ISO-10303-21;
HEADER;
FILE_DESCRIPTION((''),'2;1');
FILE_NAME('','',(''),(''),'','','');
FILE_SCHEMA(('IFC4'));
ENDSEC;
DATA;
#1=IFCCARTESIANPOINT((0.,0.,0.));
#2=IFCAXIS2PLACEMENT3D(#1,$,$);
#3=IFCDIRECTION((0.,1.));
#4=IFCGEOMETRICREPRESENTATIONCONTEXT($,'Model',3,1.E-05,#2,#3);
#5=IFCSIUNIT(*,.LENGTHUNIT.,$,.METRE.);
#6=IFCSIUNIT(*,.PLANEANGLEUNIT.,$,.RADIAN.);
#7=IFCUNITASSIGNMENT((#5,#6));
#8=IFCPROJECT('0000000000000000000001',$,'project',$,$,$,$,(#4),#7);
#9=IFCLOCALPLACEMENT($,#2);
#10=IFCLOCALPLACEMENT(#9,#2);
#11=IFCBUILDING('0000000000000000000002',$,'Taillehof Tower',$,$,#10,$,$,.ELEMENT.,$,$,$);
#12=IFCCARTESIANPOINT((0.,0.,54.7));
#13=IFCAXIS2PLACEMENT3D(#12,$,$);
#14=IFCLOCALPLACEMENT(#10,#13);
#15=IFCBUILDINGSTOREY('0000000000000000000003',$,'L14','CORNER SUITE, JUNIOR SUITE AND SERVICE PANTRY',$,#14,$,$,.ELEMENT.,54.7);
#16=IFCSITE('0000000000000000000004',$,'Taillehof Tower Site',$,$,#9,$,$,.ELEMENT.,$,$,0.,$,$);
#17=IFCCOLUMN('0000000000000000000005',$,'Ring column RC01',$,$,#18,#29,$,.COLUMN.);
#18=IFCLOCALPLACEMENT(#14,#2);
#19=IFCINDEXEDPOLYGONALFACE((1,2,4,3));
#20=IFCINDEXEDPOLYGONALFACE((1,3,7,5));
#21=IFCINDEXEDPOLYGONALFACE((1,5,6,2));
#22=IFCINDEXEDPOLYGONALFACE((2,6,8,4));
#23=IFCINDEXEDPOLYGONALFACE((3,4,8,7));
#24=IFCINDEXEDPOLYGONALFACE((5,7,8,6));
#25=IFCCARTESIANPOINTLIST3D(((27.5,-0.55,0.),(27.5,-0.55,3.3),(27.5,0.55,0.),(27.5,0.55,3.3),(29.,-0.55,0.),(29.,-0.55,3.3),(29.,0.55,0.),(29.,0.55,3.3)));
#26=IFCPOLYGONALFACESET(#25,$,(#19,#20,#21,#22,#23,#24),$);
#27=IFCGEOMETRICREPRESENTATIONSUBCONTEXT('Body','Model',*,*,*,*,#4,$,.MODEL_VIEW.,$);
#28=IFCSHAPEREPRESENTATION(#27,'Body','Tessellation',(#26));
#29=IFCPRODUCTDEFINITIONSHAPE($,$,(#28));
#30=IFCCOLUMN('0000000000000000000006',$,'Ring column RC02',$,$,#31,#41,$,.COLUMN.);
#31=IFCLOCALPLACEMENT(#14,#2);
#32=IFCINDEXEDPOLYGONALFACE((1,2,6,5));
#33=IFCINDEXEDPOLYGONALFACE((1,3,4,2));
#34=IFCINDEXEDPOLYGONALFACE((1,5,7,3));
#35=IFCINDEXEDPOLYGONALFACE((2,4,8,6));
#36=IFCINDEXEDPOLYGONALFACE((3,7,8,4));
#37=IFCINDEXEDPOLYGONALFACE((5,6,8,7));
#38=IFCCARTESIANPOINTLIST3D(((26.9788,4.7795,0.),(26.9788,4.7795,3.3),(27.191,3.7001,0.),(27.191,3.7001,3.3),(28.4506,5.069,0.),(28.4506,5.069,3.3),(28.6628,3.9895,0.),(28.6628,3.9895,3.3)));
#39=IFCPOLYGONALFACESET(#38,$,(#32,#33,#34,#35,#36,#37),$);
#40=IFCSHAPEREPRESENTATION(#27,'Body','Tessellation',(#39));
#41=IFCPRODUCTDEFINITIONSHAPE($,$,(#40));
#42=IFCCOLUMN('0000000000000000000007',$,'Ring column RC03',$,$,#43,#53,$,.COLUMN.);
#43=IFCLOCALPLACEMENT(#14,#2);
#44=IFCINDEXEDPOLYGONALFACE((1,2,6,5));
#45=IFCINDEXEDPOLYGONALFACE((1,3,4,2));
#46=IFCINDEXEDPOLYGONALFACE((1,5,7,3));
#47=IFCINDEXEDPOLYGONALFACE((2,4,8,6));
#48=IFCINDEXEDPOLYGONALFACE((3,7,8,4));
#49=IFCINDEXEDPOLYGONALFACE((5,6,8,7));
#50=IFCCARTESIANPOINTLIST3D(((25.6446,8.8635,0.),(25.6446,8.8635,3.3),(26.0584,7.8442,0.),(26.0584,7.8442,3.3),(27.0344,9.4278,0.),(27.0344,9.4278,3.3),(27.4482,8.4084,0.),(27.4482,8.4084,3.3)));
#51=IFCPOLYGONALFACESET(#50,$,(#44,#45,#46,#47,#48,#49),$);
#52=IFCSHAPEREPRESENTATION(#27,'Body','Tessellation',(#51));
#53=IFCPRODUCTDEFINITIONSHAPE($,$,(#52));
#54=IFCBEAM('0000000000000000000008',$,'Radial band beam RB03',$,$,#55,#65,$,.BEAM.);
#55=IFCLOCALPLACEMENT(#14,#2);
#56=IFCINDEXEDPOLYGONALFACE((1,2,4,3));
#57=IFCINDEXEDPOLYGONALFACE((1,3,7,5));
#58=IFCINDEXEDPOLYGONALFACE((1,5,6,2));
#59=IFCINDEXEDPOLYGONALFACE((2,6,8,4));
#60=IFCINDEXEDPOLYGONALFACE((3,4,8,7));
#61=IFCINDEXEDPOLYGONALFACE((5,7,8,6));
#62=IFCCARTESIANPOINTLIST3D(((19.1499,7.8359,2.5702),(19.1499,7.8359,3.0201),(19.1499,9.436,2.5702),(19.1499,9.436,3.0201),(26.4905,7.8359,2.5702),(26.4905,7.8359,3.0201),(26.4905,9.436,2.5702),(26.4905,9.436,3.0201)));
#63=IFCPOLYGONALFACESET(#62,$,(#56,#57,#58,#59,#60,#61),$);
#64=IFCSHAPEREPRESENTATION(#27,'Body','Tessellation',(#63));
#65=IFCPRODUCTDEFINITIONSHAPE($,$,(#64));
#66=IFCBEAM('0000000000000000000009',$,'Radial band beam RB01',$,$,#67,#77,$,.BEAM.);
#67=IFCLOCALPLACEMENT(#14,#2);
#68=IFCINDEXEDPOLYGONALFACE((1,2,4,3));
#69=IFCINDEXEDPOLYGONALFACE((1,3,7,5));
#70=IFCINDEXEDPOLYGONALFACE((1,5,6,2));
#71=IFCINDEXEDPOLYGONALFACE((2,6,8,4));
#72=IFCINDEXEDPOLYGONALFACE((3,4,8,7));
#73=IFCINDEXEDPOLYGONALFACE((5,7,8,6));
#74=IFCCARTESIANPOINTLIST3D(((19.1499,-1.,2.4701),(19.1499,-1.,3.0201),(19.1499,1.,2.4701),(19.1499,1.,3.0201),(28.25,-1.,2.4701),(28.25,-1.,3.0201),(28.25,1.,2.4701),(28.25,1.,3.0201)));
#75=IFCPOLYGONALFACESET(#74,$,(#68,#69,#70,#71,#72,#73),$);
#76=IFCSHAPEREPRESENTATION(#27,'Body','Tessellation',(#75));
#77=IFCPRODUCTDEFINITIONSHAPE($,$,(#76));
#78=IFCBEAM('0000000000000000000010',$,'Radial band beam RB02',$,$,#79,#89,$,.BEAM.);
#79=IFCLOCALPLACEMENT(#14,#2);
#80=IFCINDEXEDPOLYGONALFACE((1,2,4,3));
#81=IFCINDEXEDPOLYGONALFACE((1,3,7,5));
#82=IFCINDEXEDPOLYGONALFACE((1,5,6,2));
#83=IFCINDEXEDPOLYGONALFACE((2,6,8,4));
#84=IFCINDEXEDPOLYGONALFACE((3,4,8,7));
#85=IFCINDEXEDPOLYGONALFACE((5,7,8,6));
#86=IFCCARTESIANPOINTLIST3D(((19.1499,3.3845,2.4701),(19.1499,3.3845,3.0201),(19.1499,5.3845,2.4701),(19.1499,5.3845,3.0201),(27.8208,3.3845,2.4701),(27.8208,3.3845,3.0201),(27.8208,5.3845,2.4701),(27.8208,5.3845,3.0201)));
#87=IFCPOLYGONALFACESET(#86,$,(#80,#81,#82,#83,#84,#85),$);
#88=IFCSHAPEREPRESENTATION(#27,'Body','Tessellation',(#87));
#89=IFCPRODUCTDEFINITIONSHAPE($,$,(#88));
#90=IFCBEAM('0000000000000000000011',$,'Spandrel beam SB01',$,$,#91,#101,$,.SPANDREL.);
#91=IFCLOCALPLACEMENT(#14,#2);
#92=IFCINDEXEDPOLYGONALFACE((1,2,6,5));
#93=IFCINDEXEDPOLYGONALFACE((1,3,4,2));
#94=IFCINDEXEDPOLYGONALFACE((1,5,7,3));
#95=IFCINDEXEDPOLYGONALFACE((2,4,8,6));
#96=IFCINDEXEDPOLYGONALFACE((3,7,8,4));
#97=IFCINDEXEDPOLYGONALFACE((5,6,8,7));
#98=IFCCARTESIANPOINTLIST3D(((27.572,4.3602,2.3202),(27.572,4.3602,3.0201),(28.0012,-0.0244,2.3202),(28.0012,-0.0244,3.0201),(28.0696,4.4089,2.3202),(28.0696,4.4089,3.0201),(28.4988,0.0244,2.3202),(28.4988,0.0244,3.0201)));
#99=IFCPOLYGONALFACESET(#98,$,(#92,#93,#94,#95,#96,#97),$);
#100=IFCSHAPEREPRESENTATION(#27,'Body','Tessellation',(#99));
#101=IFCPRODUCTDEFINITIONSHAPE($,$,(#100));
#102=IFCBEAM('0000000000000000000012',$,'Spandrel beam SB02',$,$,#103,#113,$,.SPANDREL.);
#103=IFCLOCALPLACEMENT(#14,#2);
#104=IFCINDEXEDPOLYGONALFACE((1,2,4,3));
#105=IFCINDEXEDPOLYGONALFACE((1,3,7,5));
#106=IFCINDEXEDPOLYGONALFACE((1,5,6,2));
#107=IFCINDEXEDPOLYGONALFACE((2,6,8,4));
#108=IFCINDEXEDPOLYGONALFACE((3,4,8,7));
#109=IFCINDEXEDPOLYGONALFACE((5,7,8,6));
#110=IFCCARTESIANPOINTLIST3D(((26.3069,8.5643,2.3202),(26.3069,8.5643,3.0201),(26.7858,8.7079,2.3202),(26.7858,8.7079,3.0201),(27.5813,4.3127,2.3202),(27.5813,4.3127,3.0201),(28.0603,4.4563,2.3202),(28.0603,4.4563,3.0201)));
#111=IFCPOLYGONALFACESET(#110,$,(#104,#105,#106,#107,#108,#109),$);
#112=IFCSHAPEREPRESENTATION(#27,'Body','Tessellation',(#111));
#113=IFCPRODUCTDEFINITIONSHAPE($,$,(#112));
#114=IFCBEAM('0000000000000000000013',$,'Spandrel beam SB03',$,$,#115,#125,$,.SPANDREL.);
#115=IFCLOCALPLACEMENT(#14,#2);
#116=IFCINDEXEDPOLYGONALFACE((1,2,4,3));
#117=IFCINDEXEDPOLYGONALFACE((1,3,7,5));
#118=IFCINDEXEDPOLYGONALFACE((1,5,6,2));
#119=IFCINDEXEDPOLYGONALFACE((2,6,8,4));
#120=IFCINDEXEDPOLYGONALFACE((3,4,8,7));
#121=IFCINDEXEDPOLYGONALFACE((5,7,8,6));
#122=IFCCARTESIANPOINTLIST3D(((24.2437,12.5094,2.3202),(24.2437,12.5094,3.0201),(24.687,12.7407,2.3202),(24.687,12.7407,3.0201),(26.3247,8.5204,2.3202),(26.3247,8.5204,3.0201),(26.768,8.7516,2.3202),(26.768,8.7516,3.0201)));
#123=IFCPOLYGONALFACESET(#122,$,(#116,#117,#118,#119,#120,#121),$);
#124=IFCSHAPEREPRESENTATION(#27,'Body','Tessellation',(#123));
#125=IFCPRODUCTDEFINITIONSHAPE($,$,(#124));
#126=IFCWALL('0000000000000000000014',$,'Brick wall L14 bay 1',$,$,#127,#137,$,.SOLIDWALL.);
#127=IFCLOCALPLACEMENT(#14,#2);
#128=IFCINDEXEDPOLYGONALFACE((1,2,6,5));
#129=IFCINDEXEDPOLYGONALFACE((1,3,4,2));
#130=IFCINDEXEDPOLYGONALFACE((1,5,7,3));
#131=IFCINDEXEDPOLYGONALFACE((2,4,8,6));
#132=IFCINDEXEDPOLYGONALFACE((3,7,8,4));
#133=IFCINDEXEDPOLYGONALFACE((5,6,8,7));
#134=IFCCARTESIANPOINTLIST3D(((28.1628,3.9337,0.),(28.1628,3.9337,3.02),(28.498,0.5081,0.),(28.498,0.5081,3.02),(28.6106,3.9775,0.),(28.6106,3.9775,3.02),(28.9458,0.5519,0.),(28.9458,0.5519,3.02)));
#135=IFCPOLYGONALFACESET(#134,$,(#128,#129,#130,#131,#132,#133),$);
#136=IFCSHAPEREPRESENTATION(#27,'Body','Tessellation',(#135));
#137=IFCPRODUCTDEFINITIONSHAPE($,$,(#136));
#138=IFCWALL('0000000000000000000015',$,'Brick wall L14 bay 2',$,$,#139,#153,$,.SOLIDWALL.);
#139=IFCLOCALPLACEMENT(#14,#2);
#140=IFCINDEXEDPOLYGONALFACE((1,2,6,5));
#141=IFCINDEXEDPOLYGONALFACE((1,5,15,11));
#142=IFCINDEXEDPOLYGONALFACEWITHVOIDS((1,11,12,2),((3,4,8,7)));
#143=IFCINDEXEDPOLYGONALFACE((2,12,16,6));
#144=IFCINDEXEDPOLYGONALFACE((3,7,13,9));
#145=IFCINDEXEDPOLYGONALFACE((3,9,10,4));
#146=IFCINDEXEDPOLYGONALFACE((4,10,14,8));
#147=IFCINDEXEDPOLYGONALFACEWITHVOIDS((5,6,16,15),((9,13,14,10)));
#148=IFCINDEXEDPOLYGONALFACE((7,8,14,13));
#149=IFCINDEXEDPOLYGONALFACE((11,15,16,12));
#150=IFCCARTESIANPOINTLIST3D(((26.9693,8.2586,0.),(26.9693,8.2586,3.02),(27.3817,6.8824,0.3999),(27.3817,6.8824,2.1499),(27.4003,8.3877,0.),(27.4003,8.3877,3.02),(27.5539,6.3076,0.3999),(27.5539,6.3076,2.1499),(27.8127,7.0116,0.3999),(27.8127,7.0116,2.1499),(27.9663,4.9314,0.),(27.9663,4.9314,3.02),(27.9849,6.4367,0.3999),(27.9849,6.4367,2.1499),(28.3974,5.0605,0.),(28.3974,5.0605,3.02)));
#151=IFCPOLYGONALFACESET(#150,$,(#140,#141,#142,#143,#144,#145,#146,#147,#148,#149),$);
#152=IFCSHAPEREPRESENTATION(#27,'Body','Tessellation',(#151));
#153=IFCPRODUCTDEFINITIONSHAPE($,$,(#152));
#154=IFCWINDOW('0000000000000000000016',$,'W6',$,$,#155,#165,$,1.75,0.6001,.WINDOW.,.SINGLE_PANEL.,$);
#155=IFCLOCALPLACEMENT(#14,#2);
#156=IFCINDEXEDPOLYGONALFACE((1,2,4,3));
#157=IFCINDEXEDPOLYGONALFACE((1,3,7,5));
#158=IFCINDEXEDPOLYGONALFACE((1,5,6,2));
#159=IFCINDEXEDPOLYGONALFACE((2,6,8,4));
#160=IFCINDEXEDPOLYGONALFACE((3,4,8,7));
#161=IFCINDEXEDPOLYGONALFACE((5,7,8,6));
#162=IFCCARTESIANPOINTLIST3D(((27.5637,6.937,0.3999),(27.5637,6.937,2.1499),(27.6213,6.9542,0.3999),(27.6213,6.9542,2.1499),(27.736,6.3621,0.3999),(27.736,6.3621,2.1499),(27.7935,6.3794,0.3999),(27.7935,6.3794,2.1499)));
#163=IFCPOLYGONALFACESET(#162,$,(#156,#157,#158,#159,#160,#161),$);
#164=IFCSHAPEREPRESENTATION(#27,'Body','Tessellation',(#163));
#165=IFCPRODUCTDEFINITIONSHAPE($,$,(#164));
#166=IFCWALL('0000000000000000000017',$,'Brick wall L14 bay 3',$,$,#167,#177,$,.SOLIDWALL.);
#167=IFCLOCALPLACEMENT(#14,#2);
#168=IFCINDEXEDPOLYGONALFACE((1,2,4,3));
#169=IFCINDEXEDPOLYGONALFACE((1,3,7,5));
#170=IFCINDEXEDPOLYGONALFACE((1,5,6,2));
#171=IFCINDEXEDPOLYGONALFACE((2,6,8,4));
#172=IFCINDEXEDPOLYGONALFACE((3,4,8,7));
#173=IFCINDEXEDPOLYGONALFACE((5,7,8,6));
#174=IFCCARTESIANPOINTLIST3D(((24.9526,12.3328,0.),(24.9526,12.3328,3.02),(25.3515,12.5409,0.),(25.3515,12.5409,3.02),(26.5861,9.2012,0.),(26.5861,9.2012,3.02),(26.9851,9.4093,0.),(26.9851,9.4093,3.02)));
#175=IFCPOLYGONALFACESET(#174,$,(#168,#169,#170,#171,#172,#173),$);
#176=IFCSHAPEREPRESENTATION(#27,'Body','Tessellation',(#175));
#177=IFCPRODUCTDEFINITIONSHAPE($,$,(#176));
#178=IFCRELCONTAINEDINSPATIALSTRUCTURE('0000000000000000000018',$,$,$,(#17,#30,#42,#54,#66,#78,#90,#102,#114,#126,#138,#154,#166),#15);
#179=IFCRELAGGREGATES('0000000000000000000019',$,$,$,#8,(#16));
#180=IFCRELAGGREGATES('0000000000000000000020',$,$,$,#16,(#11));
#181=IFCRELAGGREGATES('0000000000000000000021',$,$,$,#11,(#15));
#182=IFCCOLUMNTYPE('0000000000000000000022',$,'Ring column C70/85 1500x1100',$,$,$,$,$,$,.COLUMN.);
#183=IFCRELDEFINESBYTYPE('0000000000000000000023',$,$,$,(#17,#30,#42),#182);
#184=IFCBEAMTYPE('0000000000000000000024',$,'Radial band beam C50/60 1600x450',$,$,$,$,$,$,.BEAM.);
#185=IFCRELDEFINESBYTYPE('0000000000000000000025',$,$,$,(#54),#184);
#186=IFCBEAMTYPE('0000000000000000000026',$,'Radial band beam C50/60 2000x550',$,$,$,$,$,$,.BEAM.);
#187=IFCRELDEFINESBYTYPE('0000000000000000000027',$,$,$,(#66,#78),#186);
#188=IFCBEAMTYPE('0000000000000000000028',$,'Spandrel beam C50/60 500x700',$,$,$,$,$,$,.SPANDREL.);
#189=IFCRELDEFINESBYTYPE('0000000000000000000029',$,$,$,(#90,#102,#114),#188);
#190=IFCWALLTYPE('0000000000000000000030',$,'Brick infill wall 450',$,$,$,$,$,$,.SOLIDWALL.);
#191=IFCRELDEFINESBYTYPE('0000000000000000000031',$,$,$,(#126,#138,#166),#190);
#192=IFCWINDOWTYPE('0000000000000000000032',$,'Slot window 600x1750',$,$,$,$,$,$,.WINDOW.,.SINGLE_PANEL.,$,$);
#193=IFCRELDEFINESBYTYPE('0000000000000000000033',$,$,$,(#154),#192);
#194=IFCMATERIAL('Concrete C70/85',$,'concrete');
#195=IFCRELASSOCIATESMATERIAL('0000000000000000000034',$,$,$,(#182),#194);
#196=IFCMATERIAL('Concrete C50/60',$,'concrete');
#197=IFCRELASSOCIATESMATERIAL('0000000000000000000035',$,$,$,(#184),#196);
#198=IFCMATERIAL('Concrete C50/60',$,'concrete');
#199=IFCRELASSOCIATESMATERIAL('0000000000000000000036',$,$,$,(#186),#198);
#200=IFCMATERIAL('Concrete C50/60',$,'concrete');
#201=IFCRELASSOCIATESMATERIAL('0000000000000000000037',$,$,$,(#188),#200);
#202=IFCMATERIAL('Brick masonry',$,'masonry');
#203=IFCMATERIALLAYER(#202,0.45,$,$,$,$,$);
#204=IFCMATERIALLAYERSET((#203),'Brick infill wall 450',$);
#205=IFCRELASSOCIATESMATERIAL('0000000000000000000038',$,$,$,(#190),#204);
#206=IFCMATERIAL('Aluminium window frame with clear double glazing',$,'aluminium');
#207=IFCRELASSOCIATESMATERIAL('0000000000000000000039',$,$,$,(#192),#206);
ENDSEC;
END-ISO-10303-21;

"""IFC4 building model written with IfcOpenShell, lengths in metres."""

from ifc_helpers import new_model, si_unit, direction, frame, frame_2d, origin, origin_2d, place, context, subcontext, project, spatial, rectangle, extrude, material, layer, layer_set, material_profile, profile_set, type_object, element, fill, save


model = new_model("IFC4")

# Units and contexts
model_context = context("Model", 3, precision=1e-05, world=origin(), true_north=direction((0.0, 1.0)))
body_context = subcontext(model_context, "Body", "Model", "MODEL_VIEW")
ifc_project = project(units=[si_unit("LENGTHUNIT", "METRE"), si_unit("PLANEANGLEUNIT", "RADIAN")], contexts=[model_context])

# Site, building, storey
site_placement = place(None, origin())
site = spatial("IfcSite", under=ifc_project, at=site_placement, Name="Taillehof Tower Site", CompositionType="ELEMENT", RefElevation=0.0)
building_placement = place(site_placement, origin())
building = spatial("IfcBuilding", under=site, at=building_placement, Name="Taillehof Tower", CompositionType="ELEMENT")
storey_placement = place(building_placement, frame((0.0, 0.0, 54.7)))
storey = spatial("IfcBuildingStorey", under=building, at=storey_placement, Name="L14", Description="CORNER SUITE, JUNIOR SUITE AND SERVICE PANTRY", CompositionType="ELEMENT", Elevation=54.7)

# Columns
ifc_material_1 = material(Name="Concrete C70/85", Category="concrete")
ifc_material_profile_1 = material_profile(ifc_material_1, rectangle(XDim=1.5, YDim=1.1001, at=origin_2d()), Name="RC 1500x1100")
ifc_profile_set_1 = profile_set([ifc_material_profile_1], Name="Concrete C70/85")
column_type = type_object("IfcColumnType", Name="Ring column C70/85 1500x1100", PredefinedType="COLUMN", material=ifc_profile_set_1)
for number, where, z_axis, x_axis, name in (
    (1, (28.25, 0.0, 0.0), (0.0, 0.0, 1.0), (1.0, 0.0, 0.0), "Ring column RC01"),
    (2, (27.8208, 4.3845, 0.0), (0.0, 0.0, 1.0), (0.981204, 0.192976, 0.0), "Ring column RC02"),
    (3, (26.5464, 8.636, 0.0), (0.0, 0.0, 1.0), (0.926558, 0.376152, 0.0), "Ring column RC03"),
):
    element("IfcColumn", number, at=place(storey_placement, frame(where, z_axis=z_axis, x_axis=x_axis)), inside=storey, type_object=column_type, Name=name, PredefinedType="COLUMN", context=body_context, shape_type="SweptSolid", body=[
        extrude(rectangle(XDim=1.5, YDim=1.1001, at=origin_2d()), origin(), (0.0, 0.0, 1.0), 3.3),
    ])

# Beams
ifc_material_2 = material(Name="Concrete C50/60", Category="concrete")
ifc_material_profile_2 = material_profile(ifc_material_2, rectangle(XDim=1.6001, YDim=0.45, at=origin_2d()), Name="RC 1600x450")
ifc_profile_set_2 = profile_set([ifc_material_profile_2], Name="Concrete C50/60")
beam_type_1 = type_object("IfcBeamType", Name="Radial band beam C50/60 1600x450", PredefinedType="BEAM", material=ifc_profile_set_2)
beam_1_placement = place(storey_placement, frame((26.4905, 8.636, 2.7952), z_axis=(-1.0, 0.0, 0.0), x_axis=(0.0, -1.0, 0.0)))
element("IfcBeam", 4, at=beam_1_placement, inside=storey, type_object=beam_type_1, Name="Radial band beam RB03", PredefinedType="BEAM", context=body_context, shape_type="SweptSolid", body=[
    extrude(rectangle(XDim=1.6001, YDim=0.45, at=origin_2d()), origin(), (0.0, 0.0, 1.0), 7.3406),
])
ifc_material_3 = material(Name="Concrete C50/60", Category="concrete")
ifc_material_profile_3 = material_profile(ifc_material_3, rectangle(XDim=2.0, YDim=0.55, at=origin_2d()), Name="RC 2000x550")
ifc_profile_set_3 = profile_set([ifc_material_profile_3], Name="Concrete C50/60")
beam_type_2 = type_object("IfcBeamType", Name="Radial band beam C50/60 2000x550", PredefinedType="BEAM", material=ifc_profile_set_3)
beam_2_placement = place(storey_placement, frame((28.25, 0.0, 2.7451), z_axis=(-1.0, 0.0, 0.0), x_axis=(0.0, -1.0, 0.0)))
element("IfcBeam", 5, at=beam_2_placement, inside=storey, type_object=beam_type_2, Name="Radial band beam RB01", PredefinedType="BEAM", context=body_context, shape_type="SweptSolid", body=[
    extrude(rectangle(XDim=2.0, YDim=0.55, at=origin_2d()), origin(), (0.0, 0.0, 1.0), 9.1001),
])
beam_3_placement = place(storey_placement, frame((27.8208, 4.3845, 2.7451), z_axis=(-1.0, 0.0, 0.0), x_axis=(0.0, -1.0, 0.0)))
element("IfcBeam", 6, at=beam_3_placement, inside=storey, type_object=beam_type_2, Name="Radial band beam RB02", PredefinedType="BEAM", context=body_context, shape_type="SweptSolid", body=[
    extrude(rectangle(XDim=2.0, YDim=0.55, at=origin_2d()), origin(), (0.0, 0.0, 1.0), 8.6709),
])
ifc_material_4 = material(Name="Concrete C50/60", Category="concrete")
ifc_material_profile_4 = material_profile(ifc_material_4, rectangle(XDim=0.5, YDim=0.7, at=origin_2d()), Name="RC 500x700")
ifc_profile_set_4 = profile_set([ifc_material_profile_4], Name="Concrete C50/60")
beam_type_3 = type_object("IfcBeamType", Name="Spandrel beam C50/60 500x700", PredefinedType="SPANDREL", material=ifc_profile_set_4)
beam_4_placement = place(storey_placement, frame((28.25, 0.0, 2.6702), z_axis=(-0.097424, 0.995243, 0.0), x_axis=(-0.995243, -0.097424, 0.0)))
element("IfcBeam", 7, at=beam_4_placement, inside=storey, type_object=beam_type_3, Name="Spandrel beam SB01", PredefinedType="SPANDREL", context=body_context, shape_type="SweptSolid", body=[
    extrude(rectangle(XDim=0.5, YDim=0.7, at=origin_2d()), origin(), (0.0, 0.0, 1.0), 4.4055),
])
beam_5_placement = place(storey_placement, frame((27.8208, 4.3845, 2.6702), z_axis=(-0.287136, 0.95789, 0.0), x_axis=(-0.95789, -0.287136, 0.0)))
element("IfcBeam", 8, at=beam_5_placement, inside=storey, type_object=beam_type_3, Name="Spandrel beam SB02", PredefinedType="SPANDREL", context=body_context, shape_type="SweptSolid", body=[
    extrude(rectangle(XDim=0.5, YDim=0.7, at=origin_2d()), origin(), (0.0, 0.0, 1.0), 4.4385),
])
beam_6_placement = place(storey_placement, frame((26.5464, 8.636, 2.6702), z_axis=(-0.462536, 0.8866, 0.0), x_axis=(-0.8866, -0.462536, 0.0)))
element("IfcBeam", 9, at=beam_6_placement, inside=storey, type_object=beam_type_3, Name="Spandrel beam SB03", PredefinedType="SPANDREL", context=body_context, shape_type="SweptSolid", body=[
    extrude(rectangle(XDim=0.5, YDim=0.7, at=origin_2d()), origin(), (0.0, 0.0, 1.0), 4.4993),
])

# Wall
ifc_material_5 = material(Name="Brick masonry", Category="masonry")
ifc_layer_1 = layer(ifc_material_5, 0.45)
ifc_layer_set_1 = layer_set([ifc_layer_1], Name="Brick infill wall 450")
wall_type_1 = type_object("IfcWallType", Name="Brick infill wall 450", PredefinedType="SOLIDWALL", material=ifc_layer_set_1)
wall_1_placement = place(storey_placement, frame((28.7219, 0.53, 0.0), z_axis=(0.0, 0.0, 1.0), x_axis=(-0.09739, 0.995246, 0.0)))
element("IfcWall", 10, at=wall_1_placement, inside=storey, type_object=wall_type_1, Name="Brick wall L14 bay 1", PredefinedType="SOLIDWALL", context=body_context, shape_type="SweptSolid", body=[
    extrude(rectangle(XDim=3.4419, YDim=0.45, at=frame_2d((1.7209, 0.0))), origin(), (0.0, 0.0, 1.0), 3.02),
])

# Wall, opening, window
wall_2_placement = place(storey_placement, frame((28.1819, 4.9958, 0.0), z_axis=(0.0, 0.0, 1.0), x_axis=(-0.287064, 0.957911, 0.0)))
wall_2 = element("IfcWall", 11, at=wall_2_placement, inside=storey, type_object=wall_type_1, Name="Brick wall L14 bay 2", PredefinedType="SOLIDWALL", context=body_context, shape_type="SweptSolid", body=[
    extrude(rectangle(XDim=3.4734, YDim=0.45, at=frame_2d((1.7368, 0.0))), origin(), (0.0, 0.0, 1.0), 3.02),
])
opening_1_placement = place(wall_2_placement, frame((1.4368, 0.0, 0.3999)))
opening_1 = element("IfcOpeningElement", 12, at=opening_1_placement, cuts=wall_2, PredefinedType="OPENING", context=body_context, shape_type="SweptSolid", body=[
    extrude(rectangle(XDim=0.6001, YDim=1.75, at=frame_2d((0.3, 0.875))), frame((0.0, 0.2349, 0.0), z_axis=(0.0, -1.0, 0.0), x_axis=(1.0, 0.0, 0.0)), (0.0, 0.0, 1.0), 0.47),
])
ifc_material_6 = material(Name="Aluminium window frame with clear double glazing", Category="aluminium")
window_type = type_object("IfcWindowType", Name="Slot window 600x1750", PartitioningType="SINGLE_PANEL", PredefinedType="WINDOW", material=ifc_material_6)
window_placement = place(opening_1_placement, origin())
window = element("IfcWindow", 13, at=window_placement, inside=storey, type_object=window_type, Name="W6", OverallHeight=1.75, OverallWidth=0.6001, PartitioningType="SINGLE_PANEL", PredefinedType="WINDOW", context=body_context, shape_type="SweptSolid", body=[
    extrude(rectangle(XDim=0.6001, YDim=1.75, at=frame_2d((0.3, 0.875))), frame((0.0, 0.0349, 0.0), z_axis=(0.0, -1.0, 0.0), x_axis=(1.0, 0.0, 0.0)), (0.0, 0.0, 1.0), 0.0601),
])
fill(opening_1, window)

# Wall
wall_3_placement = place(storey_placement, frame((26.7856, 9.3052, 0.0), z_axis=(0.0, 0.0, 1.0), x_axis=(-0.462493, 0.886623, 0.0)))
element("IfcWall", 14, at=wall_3_placement, inside=storey, type_object=wall_type_1, Name="Brick wall L14 bay 3", PredefinedType="SOLIDWALL", context=body_context, shape_type="SweptSolid", body=[
    extrude(rectangle(XDim=3.532, YDim=0.45, at=frame_2d((1.7661, 0.0))), origin(), (0.0, 0.0, 1.0), 3.02),
])

save(model, "model.ifc")
